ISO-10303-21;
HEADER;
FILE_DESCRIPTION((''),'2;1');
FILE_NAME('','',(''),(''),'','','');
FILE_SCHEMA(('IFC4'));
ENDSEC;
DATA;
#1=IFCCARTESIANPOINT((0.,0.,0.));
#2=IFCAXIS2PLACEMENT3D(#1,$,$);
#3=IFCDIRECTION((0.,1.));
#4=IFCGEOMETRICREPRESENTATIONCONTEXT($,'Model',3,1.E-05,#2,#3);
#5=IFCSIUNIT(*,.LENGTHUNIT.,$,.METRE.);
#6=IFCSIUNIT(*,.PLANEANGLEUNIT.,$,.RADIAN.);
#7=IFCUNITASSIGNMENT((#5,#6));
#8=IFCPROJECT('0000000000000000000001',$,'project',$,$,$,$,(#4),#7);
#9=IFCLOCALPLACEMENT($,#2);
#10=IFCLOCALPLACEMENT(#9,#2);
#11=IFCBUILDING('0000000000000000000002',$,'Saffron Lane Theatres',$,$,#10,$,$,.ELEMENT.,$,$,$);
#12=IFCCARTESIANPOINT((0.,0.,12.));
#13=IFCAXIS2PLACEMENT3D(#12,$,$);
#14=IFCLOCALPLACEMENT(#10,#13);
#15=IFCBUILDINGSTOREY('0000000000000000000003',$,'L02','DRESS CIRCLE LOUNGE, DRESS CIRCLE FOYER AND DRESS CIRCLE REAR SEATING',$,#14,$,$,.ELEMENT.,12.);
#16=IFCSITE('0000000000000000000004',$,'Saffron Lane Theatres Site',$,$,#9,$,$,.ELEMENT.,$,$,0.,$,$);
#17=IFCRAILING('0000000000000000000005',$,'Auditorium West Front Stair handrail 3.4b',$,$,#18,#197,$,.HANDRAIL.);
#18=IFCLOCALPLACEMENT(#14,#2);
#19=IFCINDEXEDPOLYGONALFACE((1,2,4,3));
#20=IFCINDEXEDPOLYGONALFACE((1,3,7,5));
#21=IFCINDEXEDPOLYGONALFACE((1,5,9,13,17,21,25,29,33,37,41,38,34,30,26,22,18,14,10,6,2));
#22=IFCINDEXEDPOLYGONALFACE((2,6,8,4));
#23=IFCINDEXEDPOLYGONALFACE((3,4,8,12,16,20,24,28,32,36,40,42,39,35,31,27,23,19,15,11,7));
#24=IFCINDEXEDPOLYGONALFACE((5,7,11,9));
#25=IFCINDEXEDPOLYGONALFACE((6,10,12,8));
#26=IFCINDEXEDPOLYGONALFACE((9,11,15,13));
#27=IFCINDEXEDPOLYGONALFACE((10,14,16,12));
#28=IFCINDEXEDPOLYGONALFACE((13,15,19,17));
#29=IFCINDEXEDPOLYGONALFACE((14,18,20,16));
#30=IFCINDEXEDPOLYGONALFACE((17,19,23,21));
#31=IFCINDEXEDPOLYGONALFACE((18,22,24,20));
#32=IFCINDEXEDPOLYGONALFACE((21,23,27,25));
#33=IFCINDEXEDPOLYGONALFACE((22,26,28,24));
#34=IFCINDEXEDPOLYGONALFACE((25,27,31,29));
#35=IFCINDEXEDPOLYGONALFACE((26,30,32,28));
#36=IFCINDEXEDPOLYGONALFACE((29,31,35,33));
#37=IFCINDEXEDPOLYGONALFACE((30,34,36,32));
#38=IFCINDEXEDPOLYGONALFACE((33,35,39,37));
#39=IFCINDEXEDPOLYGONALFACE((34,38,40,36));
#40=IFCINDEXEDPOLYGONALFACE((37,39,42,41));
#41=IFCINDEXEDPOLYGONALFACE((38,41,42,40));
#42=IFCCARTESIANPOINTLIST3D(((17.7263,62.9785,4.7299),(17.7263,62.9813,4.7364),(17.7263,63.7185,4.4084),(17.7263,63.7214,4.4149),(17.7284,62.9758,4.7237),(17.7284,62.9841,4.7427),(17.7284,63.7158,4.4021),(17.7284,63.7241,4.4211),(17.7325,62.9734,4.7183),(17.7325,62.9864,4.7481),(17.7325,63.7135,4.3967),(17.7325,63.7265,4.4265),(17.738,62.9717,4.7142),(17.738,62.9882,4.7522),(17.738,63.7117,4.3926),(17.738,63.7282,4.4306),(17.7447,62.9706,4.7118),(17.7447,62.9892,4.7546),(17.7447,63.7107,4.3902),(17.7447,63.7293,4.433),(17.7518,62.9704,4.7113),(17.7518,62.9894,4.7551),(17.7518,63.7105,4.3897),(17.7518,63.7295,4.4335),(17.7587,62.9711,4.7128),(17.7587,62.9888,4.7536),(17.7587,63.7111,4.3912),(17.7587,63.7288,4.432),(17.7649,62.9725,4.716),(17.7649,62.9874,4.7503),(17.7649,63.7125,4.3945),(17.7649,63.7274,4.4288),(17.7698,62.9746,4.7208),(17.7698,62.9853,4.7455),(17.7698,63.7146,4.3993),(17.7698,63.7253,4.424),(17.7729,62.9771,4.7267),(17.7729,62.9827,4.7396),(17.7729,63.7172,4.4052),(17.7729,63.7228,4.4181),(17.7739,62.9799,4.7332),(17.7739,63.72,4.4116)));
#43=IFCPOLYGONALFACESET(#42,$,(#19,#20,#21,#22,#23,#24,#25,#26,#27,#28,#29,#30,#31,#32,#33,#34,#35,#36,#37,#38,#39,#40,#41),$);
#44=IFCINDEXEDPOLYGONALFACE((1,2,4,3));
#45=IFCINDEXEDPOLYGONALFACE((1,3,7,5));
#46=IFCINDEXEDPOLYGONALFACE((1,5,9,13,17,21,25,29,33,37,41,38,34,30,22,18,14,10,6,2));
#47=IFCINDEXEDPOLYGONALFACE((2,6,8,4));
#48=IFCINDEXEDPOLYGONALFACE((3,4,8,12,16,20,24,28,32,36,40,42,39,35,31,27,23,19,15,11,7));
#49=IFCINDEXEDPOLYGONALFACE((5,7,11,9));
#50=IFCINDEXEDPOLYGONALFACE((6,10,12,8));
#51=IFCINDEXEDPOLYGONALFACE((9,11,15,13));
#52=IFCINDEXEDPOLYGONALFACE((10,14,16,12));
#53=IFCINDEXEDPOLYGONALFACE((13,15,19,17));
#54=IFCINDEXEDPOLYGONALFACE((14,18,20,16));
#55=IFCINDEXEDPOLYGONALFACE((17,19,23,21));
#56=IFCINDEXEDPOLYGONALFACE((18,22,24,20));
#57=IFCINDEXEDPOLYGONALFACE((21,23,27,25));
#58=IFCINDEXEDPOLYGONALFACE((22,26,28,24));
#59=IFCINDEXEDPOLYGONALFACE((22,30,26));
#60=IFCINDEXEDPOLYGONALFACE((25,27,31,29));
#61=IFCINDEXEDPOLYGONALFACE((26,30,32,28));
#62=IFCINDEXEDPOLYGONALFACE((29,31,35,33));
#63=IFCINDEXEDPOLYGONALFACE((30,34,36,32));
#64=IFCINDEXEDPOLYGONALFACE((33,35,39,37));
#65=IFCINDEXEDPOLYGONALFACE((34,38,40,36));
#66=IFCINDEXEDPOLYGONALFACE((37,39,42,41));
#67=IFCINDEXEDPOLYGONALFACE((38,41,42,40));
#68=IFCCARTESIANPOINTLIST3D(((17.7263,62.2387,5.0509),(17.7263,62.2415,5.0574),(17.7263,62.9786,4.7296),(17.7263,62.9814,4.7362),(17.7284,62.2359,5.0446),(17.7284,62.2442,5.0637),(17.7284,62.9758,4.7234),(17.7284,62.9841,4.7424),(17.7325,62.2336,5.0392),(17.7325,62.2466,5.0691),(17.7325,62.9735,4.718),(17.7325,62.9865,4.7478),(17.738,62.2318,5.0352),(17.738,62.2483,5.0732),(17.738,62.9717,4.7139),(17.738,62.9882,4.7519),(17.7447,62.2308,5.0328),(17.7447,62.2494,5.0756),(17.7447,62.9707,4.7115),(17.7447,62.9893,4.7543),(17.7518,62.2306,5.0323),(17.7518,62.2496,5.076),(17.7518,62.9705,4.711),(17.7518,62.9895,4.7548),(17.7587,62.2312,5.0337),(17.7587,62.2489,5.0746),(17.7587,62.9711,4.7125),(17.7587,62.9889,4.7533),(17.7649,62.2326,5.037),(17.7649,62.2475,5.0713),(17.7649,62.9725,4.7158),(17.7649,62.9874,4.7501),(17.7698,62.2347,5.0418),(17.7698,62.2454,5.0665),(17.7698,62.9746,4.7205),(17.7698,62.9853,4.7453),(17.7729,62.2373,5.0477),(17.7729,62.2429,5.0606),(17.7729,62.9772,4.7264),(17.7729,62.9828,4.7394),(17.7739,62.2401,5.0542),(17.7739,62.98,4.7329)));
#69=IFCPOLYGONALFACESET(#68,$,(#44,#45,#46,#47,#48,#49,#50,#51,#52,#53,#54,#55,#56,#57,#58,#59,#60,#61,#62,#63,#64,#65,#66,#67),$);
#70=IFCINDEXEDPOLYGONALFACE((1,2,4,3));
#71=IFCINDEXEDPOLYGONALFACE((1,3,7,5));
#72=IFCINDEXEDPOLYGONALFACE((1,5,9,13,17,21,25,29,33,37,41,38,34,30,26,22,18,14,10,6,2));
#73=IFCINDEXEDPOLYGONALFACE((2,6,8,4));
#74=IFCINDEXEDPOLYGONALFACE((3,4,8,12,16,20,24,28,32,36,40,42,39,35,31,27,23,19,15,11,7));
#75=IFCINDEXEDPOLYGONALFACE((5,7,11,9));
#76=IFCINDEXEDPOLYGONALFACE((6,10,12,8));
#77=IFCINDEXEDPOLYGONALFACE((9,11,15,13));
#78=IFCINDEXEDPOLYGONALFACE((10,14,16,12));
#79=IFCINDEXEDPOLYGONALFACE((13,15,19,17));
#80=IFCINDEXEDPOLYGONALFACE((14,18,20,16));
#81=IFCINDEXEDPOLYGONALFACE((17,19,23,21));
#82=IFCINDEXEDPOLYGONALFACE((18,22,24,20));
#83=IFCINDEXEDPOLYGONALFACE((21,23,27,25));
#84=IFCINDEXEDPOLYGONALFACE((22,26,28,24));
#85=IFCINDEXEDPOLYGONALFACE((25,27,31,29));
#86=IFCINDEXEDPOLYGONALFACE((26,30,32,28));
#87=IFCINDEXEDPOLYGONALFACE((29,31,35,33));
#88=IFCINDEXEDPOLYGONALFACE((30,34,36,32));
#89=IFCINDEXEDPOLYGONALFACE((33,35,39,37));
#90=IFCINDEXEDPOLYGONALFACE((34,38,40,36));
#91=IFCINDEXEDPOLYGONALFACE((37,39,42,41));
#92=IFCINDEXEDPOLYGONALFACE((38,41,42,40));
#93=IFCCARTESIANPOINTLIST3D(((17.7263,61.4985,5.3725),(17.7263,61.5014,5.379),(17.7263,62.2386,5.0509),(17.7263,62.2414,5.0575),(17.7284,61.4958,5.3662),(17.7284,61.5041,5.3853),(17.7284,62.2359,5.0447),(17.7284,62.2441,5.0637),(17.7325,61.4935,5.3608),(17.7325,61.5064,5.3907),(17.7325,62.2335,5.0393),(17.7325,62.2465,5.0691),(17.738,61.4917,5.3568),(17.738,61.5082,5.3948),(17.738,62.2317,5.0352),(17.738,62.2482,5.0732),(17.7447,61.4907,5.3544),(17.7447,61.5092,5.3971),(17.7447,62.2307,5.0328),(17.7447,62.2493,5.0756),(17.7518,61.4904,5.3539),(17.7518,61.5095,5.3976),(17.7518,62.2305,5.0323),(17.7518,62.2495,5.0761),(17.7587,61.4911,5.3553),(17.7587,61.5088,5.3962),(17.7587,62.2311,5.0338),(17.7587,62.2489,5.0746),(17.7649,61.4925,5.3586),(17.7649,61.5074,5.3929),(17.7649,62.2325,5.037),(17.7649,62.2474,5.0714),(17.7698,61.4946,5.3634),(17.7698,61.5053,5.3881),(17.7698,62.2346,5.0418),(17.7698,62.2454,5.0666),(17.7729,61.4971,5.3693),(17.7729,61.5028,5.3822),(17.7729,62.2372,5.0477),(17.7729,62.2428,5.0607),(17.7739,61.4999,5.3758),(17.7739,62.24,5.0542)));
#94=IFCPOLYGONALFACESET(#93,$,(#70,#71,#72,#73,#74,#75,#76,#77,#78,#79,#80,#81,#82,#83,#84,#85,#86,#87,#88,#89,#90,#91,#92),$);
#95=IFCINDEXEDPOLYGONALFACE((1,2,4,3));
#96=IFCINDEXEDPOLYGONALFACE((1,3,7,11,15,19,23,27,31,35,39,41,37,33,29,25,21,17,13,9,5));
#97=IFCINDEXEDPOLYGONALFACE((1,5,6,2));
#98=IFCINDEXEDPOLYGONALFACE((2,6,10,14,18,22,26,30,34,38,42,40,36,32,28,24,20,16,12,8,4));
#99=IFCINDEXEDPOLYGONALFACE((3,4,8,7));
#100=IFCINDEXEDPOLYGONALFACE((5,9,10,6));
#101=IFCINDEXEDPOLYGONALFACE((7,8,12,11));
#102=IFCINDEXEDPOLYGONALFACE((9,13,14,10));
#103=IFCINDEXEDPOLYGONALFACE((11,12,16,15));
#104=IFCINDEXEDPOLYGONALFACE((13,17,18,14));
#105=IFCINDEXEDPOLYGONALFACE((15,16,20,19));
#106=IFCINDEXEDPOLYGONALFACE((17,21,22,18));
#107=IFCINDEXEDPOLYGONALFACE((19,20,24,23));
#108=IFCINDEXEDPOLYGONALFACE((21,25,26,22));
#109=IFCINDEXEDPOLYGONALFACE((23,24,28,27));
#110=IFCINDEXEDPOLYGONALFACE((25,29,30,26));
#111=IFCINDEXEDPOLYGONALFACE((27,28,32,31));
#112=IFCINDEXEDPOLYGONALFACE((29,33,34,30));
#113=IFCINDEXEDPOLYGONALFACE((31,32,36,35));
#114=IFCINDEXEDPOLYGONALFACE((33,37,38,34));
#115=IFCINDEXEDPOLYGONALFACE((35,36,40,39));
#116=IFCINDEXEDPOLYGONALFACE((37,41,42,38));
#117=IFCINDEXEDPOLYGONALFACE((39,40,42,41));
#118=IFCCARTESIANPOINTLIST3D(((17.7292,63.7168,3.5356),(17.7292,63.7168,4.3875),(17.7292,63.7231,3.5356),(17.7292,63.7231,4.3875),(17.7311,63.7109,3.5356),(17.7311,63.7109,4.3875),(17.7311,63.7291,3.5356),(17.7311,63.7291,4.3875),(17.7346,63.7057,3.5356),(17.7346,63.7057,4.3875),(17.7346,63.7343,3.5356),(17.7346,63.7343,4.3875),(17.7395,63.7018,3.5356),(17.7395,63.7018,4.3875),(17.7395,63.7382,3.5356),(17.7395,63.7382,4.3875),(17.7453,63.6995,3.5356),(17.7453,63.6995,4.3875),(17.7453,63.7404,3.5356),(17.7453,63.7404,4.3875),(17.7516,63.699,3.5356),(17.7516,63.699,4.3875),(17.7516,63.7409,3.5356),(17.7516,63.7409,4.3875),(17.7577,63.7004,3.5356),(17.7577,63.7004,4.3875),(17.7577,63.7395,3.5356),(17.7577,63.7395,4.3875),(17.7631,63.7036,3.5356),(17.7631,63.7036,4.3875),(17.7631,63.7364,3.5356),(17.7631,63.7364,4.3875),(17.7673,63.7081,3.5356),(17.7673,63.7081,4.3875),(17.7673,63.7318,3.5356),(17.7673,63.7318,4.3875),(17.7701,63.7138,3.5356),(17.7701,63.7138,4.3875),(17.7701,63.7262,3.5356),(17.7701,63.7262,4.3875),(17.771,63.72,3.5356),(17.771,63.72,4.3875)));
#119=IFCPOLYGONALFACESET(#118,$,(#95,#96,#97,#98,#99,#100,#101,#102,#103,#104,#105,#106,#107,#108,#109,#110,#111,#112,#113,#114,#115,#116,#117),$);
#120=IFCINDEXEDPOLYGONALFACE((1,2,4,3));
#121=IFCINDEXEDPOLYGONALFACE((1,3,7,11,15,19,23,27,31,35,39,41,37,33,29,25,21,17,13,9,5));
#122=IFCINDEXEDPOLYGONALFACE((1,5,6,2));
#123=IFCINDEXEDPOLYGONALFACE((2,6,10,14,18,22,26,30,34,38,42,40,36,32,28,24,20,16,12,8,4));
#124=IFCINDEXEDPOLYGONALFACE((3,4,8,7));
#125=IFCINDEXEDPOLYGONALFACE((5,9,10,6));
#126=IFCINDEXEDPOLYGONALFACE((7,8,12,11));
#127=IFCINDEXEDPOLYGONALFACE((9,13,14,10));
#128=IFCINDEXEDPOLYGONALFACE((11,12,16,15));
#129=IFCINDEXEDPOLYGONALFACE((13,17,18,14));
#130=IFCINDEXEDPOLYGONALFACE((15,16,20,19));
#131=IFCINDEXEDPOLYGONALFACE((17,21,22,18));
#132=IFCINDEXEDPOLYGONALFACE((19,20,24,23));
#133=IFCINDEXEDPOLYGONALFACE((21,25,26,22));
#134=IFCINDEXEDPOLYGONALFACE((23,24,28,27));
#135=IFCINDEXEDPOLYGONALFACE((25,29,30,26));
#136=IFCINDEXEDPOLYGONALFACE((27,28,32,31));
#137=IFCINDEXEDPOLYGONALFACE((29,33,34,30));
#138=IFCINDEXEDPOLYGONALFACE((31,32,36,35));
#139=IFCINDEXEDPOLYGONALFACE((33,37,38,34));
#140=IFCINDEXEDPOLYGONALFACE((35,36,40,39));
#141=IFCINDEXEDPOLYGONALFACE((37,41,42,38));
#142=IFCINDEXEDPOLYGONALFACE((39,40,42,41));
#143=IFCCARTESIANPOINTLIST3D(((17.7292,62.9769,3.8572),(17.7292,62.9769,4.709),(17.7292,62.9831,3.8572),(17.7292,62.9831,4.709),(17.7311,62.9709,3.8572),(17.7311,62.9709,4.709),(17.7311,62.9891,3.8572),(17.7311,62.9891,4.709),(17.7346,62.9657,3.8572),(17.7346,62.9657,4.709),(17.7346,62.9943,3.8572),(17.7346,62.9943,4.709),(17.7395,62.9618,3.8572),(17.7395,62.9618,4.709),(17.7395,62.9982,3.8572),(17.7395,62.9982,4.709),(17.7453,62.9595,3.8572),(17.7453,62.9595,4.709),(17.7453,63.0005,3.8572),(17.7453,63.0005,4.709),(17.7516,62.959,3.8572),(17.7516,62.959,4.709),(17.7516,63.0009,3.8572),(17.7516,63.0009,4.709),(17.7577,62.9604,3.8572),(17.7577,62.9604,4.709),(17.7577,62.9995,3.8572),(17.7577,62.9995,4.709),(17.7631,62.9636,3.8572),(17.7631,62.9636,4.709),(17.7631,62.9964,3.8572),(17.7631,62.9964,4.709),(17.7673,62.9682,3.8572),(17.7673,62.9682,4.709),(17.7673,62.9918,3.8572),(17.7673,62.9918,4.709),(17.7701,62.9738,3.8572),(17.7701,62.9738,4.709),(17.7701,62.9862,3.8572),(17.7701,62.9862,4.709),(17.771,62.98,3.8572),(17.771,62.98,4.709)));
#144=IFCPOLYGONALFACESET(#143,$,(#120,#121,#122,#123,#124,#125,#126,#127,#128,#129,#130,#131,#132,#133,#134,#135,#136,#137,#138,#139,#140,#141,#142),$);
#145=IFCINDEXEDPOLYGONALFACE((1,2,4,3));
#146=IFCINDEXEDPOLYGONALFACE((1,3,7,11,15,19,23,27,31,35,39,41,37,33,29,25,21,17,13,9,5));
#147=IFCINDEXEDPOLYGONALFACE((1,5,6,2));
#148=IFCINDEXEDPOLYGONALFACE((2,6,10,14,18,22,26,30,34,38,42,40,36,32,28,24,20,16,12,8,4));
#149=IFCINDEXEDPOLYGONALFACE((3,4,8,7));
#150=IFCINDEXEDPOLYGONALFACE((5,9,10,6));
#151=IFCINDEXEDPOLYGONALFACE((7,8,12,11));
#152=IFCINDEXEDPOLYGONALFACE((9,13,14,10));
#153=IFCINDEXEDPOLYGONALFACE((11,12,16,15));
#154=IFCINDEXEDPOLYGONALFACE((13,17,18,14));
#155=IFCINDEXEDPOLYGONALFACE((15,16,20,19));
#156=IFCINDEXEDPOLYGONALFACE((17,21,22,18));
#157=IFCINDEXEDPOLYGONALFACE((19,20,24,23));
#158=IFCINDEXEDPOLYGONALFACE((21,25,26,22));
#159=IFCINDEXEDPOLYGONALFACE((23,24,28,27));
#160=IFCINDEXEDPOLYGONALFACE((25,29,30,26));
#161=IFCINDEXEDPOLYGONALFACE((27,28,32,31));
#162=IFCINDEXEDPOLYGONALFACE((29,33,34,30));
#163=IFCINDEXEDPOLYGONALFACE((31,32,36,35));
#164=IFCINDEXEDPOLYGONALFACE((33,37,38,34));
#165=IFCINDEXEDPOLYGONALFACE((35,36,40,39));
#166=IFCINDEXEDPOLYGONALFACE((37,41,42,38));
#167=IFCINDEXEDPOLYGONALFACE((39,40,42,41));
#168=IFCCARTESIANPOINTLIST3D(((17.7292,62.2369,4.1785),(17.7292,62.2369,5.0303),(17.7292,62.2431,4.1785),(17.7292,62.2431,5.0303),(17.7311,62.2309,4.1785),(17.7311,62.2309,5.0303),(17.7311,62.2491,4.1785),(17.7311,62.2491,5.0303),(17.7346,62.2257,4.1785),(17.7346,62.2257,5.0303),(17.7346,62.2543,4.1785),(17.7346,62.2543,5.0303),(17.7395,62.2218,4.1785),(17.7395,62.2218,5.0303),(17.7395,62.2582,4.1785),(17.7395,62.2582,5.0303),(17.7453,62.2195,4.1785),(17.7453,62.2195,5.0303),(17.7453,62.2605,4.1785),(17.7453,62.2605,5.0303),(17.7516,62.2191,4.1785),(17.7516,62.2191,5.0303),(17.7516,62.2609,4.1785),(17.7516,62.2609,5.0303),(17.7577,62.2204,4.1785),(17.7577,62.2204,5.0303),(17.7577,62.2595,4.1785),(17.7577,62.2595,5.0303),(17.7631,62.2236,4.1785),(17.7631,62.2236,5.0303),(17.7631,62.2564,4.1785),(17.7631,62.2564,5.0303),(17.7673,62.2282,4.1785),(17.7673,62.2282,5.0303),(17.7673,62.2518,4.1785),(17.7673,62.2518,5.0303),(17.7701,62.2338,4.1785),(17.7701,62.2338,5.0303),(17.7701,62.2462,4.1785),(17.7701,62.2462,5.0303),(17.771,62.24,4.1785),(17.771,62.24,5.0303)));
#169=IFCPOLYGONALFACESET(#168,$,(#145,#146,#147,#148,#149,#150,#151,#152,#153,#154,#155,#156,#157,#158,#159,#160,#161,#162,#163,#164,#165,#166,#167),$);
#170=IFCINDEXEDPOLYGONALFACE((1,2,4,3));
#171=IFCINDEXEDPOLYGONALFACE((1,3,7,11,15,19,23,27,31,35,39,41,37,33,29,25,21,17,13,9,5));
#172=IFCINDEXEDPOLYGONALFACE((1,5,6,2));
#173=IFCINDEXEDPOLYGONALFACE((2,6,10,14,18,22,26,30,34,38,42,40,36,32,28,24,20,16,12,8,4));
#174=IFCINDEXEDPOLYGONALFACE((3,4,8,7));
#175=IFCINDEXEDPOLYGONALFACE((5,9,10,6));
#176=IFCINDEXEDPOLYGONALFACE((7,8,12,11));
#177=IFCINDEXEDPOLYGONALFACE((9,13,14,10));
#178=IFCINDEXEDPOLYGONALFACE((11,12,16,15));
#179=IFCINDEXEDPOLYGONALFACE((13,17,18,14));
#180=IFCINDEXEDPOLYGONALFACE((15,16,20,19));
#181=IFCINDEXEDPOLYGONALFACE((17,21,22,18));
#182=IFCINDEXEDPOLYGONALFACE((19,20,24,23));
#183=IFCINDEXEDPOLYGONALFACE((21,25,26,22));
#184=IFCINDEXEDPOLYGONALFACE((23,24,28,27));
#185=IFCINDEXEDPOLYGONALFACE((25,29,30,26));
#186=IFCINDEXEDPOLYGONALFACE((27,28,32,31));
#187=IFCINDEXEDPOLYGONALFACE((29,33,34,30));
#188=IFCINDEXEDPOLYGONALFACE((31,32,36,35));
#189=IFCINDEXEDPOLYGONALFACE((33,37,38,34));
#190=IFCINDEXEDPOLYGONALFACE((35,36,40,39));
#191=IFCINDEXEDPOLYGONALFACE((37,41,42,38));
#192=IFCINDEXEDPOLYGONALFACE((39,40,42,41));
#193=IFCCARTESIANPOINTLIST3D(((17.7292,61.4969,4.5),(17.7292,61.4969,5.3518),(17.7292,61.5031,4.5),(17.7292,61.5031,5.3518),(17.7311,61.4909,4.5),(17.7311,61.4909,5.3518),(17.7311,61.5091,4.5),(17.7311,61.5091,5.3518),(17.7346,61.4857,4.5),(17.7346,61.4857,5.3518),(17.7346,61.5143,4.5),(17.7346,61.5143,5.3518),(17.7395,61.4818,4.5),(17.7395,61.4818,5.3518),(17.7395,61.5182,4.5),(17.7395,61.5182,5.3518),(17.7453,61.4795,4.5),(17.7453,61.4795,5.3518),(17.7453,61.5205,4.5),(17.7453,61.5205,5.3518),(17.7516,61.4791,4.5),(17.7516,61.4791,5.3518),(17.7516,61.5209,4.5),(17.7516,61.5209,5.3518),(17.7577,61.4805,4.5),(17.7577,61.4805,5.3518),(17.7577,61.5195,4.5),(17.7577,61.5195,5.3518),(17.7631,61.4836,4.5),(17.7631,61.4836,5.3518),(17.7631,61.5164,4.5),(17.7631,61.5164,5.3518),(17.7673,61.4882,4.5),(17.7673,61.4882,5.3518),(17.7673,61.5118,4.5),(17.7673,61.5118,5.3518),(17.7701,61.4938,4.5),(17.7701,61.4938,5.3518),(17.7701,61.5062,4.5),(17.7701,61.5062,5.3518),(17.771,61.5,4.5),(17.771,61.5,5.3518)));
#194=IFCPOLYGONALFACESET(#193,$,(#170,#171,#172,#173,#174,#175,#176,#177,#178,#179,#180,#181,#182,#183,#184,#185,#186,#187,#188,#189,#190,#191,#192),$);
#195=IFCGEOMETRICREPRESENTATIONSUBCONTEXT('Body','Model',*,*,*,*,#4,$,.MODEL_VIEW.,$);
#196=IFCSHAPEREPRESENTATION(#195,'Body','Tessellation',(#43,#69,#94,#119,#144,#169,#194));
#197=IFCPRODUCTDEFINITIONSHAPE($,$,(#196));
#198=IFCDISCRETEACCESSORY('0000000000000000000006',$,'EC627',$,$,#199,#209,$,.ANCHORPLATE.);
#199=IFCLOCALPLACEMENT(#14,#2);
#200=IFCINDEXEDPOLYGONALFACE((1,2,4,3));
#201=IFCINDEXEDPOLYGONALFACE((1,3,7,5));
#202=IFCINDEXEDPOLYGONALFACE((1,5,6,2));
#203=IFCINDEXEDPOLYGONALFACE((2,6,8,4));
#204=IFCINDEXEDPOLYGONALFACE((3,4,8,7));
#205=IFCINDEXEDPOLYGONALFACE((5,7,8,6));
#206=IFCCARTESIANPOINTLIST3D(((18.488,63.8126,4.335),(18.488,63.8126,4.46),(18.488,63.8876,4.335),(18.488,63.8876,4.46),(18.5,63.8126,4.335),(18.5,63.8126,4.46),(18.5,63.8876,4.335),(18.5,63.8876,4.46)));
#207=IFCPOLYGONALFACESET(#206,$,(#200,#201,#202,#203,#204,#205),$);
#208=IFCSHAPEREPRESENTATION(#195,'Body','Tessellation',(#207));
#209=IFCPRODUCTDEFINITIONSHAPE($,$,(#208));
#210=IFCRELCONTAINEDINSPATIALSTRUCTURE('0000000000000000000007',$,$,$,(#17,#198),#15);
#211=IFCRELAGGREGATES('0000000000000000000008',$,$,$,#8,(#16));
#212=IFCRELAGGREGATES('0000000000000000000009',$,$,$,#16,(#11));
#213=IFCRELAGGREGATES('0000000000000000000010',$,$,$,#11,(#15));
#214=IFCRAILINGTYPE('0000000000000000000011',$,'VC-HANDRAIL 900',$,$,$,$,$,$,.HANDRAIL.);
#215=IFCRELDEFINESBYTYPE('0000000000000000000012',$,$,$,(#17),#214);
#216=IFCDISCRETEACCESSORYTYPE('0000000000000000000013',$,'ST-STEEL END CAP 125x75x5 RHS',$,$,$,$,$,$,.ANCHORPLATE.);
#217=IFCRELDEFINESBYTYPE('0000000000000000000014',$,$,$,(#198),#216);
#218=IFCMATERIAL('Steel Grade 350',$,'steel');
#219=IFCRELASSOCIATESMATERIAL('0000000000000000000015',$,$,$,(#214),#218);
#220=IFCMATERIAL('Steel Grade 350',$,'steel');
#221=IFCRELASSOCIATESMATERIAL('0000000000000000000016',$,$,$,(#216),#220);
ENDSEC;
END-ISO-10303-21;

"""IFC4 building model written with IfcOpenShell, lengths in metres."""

from ifc_helpers import new_model, si_unit, direction, frame, origin, origin_2d, place, context, subcontext, project, spatial, rectangle, circle, extrude, material, material_profile, profile_set, type_object, element, save


model = new_model("IFC4")

# Units and contexts
model_context = context("Model", 3, precision=1e-05, world=origin(), true_north=direction((0.0, 1.0)))
body_context = subcontext(model_context, "Body", "Model", "MODEL_VIEW")
ifc_project = project(units=[si_unit("LENGTHUNIT", "METRE"), si_unit("PLANEANGLEUNIT", "RADIAN")], contexts=[model_context])

# Site, building, storey
site_placement = place(None, origin())
site = spatial("IfcSite", under=ifc_project, at=site_placement, Name="Saffron Lane Theatres Site", CompositionType="ELEMENT", RefElevation=0.0)
building_placement = place(site_placement, origin())
building = spatial("IfcBuilding", under=site, at=building_placement, Name="Saffron Lane Theatres", CompositionType="ELEMENT")
storey_placement = place(building_placement, frame((0.0, 0.0, 12.0)))
storey = spatial("IfcBuildingStorey", under=building, at=storey_placement, Name="L02", Description="DRESS CIRCLE LOUNGE, DRESS CIRCLE FOYER AND DRESS CIRCLE REAR SEATING", CompositionType="ELEMENT", Elevation=12.0)

# Railing
ifc_material_1 = material(Name="Steel Grade 350", Category="steel")
railing_type_1 = type_object("IfcRailingType", Name="VC-HANDRAIL 900", PredefinedType="HANDRAIL", material=ifc_material_1)
for number, where, name in (
    (1, (17.75, 63.72, 3.5356), "Auditorium West Front Stair handrail 3.4b"),
):
    element("IfcRailing", number, at=place(storey_placement, frame(where)), inside=storey, type_object=railing_type_1, Name=name, PredefinedType="HANDRAIL", context=body_context, shape_type="SweptSolid", body=[
        extrude(circle(Radius=0.0239, at=origin_2d()), frame((0.0, 0.0, 0.876), z_axis=(0.0, -0.917161, 0.398516), x_axis=(1.0, 0.0, 0.0)), (0.0, 0.0, 1.0), 0.8069),
        extrude(circle(Radius=0.0239, at=origin_2d()), frame((0.0, -0.74, 1.1973), z_axis=(0.0, -0.917272, 0.398261), x_axis=(1.0, 0.0, 0.0)), (0.0, 0.0, 1.0), 0.8066),
        extrude(circle(Radius=0.0239, at=origin_2d()), frame((0.0, -1.48, 1.5186), z_axis=(0.0, -0.917161, 0.398516), x_axis=(1.0, 0.0, 0.0)), (0.0, 0.0, 1.0), 0.8069),
        extrude(circle(Radius=0.021, at=origin_2d()), origin(), (0.0, 0.0, 1.0), 0.8518),
        extrude(circle(Radius=0.021, at=origin_2d()), frame((0.0, -0.74, 0.3215)), (0.0, 0.0, 1.0), 0.8518),
        extrude(circle(Radius=0.021, at=origin_2d()), frame((0.0, -1.48, 0.6428)), (0.0, 0.0, 1.0), 0.8518),
        extrude(circle(Radius=0.021, at=origin_2d()), frame((0.0, -2.22, 0.9644)), (0.0, 0.0, 1.0), 0.8518),
    ])

# Discrete accessory
ifc_material_2 = material(Name="Steel Grade 350", Category="steel")
ifc_material_profile_1 = material_profile(ifc_material_2, rectangle(XDim=0.075, YDim=0.125, at=origin_2d()))
ifc_profile_set_1 = profile_set([ifc_material_profile_1], Name="Steel Grade 350")
discrete_accessory_type = type_object("IfcDiscreteAccessoryType", Name="ST-STEEL END CAP 125x75x5 RHS", PredefinedType="ANCHORPLATE", material=ifc_profile_set_1)
for number, where, z_axis, x_axis, name in (
    (2, (18.488, 63.8501, 4.3975), (1.0, 0.0, 0.0), (0.0, 1.0, 0.0), "EC627"),
):
    element("IfcDiscreteAccessory", number, at=place(storey_placement, frame(where, z_axis=z_axis, x_axis=x_axis)), inside=storey, type_object=discrete_accessory_type, Name=name, PredefinedType="ANCHORPLATE", context=body_context, shape_type="SweptSolid", body=[
        extrude(rectangle(XDim=0.075, YDim=0.125, at=origin_2d()), origin(), (0.0, 0.0, 1.0), 0.012),
    ])

save(model, "model.ifc")
